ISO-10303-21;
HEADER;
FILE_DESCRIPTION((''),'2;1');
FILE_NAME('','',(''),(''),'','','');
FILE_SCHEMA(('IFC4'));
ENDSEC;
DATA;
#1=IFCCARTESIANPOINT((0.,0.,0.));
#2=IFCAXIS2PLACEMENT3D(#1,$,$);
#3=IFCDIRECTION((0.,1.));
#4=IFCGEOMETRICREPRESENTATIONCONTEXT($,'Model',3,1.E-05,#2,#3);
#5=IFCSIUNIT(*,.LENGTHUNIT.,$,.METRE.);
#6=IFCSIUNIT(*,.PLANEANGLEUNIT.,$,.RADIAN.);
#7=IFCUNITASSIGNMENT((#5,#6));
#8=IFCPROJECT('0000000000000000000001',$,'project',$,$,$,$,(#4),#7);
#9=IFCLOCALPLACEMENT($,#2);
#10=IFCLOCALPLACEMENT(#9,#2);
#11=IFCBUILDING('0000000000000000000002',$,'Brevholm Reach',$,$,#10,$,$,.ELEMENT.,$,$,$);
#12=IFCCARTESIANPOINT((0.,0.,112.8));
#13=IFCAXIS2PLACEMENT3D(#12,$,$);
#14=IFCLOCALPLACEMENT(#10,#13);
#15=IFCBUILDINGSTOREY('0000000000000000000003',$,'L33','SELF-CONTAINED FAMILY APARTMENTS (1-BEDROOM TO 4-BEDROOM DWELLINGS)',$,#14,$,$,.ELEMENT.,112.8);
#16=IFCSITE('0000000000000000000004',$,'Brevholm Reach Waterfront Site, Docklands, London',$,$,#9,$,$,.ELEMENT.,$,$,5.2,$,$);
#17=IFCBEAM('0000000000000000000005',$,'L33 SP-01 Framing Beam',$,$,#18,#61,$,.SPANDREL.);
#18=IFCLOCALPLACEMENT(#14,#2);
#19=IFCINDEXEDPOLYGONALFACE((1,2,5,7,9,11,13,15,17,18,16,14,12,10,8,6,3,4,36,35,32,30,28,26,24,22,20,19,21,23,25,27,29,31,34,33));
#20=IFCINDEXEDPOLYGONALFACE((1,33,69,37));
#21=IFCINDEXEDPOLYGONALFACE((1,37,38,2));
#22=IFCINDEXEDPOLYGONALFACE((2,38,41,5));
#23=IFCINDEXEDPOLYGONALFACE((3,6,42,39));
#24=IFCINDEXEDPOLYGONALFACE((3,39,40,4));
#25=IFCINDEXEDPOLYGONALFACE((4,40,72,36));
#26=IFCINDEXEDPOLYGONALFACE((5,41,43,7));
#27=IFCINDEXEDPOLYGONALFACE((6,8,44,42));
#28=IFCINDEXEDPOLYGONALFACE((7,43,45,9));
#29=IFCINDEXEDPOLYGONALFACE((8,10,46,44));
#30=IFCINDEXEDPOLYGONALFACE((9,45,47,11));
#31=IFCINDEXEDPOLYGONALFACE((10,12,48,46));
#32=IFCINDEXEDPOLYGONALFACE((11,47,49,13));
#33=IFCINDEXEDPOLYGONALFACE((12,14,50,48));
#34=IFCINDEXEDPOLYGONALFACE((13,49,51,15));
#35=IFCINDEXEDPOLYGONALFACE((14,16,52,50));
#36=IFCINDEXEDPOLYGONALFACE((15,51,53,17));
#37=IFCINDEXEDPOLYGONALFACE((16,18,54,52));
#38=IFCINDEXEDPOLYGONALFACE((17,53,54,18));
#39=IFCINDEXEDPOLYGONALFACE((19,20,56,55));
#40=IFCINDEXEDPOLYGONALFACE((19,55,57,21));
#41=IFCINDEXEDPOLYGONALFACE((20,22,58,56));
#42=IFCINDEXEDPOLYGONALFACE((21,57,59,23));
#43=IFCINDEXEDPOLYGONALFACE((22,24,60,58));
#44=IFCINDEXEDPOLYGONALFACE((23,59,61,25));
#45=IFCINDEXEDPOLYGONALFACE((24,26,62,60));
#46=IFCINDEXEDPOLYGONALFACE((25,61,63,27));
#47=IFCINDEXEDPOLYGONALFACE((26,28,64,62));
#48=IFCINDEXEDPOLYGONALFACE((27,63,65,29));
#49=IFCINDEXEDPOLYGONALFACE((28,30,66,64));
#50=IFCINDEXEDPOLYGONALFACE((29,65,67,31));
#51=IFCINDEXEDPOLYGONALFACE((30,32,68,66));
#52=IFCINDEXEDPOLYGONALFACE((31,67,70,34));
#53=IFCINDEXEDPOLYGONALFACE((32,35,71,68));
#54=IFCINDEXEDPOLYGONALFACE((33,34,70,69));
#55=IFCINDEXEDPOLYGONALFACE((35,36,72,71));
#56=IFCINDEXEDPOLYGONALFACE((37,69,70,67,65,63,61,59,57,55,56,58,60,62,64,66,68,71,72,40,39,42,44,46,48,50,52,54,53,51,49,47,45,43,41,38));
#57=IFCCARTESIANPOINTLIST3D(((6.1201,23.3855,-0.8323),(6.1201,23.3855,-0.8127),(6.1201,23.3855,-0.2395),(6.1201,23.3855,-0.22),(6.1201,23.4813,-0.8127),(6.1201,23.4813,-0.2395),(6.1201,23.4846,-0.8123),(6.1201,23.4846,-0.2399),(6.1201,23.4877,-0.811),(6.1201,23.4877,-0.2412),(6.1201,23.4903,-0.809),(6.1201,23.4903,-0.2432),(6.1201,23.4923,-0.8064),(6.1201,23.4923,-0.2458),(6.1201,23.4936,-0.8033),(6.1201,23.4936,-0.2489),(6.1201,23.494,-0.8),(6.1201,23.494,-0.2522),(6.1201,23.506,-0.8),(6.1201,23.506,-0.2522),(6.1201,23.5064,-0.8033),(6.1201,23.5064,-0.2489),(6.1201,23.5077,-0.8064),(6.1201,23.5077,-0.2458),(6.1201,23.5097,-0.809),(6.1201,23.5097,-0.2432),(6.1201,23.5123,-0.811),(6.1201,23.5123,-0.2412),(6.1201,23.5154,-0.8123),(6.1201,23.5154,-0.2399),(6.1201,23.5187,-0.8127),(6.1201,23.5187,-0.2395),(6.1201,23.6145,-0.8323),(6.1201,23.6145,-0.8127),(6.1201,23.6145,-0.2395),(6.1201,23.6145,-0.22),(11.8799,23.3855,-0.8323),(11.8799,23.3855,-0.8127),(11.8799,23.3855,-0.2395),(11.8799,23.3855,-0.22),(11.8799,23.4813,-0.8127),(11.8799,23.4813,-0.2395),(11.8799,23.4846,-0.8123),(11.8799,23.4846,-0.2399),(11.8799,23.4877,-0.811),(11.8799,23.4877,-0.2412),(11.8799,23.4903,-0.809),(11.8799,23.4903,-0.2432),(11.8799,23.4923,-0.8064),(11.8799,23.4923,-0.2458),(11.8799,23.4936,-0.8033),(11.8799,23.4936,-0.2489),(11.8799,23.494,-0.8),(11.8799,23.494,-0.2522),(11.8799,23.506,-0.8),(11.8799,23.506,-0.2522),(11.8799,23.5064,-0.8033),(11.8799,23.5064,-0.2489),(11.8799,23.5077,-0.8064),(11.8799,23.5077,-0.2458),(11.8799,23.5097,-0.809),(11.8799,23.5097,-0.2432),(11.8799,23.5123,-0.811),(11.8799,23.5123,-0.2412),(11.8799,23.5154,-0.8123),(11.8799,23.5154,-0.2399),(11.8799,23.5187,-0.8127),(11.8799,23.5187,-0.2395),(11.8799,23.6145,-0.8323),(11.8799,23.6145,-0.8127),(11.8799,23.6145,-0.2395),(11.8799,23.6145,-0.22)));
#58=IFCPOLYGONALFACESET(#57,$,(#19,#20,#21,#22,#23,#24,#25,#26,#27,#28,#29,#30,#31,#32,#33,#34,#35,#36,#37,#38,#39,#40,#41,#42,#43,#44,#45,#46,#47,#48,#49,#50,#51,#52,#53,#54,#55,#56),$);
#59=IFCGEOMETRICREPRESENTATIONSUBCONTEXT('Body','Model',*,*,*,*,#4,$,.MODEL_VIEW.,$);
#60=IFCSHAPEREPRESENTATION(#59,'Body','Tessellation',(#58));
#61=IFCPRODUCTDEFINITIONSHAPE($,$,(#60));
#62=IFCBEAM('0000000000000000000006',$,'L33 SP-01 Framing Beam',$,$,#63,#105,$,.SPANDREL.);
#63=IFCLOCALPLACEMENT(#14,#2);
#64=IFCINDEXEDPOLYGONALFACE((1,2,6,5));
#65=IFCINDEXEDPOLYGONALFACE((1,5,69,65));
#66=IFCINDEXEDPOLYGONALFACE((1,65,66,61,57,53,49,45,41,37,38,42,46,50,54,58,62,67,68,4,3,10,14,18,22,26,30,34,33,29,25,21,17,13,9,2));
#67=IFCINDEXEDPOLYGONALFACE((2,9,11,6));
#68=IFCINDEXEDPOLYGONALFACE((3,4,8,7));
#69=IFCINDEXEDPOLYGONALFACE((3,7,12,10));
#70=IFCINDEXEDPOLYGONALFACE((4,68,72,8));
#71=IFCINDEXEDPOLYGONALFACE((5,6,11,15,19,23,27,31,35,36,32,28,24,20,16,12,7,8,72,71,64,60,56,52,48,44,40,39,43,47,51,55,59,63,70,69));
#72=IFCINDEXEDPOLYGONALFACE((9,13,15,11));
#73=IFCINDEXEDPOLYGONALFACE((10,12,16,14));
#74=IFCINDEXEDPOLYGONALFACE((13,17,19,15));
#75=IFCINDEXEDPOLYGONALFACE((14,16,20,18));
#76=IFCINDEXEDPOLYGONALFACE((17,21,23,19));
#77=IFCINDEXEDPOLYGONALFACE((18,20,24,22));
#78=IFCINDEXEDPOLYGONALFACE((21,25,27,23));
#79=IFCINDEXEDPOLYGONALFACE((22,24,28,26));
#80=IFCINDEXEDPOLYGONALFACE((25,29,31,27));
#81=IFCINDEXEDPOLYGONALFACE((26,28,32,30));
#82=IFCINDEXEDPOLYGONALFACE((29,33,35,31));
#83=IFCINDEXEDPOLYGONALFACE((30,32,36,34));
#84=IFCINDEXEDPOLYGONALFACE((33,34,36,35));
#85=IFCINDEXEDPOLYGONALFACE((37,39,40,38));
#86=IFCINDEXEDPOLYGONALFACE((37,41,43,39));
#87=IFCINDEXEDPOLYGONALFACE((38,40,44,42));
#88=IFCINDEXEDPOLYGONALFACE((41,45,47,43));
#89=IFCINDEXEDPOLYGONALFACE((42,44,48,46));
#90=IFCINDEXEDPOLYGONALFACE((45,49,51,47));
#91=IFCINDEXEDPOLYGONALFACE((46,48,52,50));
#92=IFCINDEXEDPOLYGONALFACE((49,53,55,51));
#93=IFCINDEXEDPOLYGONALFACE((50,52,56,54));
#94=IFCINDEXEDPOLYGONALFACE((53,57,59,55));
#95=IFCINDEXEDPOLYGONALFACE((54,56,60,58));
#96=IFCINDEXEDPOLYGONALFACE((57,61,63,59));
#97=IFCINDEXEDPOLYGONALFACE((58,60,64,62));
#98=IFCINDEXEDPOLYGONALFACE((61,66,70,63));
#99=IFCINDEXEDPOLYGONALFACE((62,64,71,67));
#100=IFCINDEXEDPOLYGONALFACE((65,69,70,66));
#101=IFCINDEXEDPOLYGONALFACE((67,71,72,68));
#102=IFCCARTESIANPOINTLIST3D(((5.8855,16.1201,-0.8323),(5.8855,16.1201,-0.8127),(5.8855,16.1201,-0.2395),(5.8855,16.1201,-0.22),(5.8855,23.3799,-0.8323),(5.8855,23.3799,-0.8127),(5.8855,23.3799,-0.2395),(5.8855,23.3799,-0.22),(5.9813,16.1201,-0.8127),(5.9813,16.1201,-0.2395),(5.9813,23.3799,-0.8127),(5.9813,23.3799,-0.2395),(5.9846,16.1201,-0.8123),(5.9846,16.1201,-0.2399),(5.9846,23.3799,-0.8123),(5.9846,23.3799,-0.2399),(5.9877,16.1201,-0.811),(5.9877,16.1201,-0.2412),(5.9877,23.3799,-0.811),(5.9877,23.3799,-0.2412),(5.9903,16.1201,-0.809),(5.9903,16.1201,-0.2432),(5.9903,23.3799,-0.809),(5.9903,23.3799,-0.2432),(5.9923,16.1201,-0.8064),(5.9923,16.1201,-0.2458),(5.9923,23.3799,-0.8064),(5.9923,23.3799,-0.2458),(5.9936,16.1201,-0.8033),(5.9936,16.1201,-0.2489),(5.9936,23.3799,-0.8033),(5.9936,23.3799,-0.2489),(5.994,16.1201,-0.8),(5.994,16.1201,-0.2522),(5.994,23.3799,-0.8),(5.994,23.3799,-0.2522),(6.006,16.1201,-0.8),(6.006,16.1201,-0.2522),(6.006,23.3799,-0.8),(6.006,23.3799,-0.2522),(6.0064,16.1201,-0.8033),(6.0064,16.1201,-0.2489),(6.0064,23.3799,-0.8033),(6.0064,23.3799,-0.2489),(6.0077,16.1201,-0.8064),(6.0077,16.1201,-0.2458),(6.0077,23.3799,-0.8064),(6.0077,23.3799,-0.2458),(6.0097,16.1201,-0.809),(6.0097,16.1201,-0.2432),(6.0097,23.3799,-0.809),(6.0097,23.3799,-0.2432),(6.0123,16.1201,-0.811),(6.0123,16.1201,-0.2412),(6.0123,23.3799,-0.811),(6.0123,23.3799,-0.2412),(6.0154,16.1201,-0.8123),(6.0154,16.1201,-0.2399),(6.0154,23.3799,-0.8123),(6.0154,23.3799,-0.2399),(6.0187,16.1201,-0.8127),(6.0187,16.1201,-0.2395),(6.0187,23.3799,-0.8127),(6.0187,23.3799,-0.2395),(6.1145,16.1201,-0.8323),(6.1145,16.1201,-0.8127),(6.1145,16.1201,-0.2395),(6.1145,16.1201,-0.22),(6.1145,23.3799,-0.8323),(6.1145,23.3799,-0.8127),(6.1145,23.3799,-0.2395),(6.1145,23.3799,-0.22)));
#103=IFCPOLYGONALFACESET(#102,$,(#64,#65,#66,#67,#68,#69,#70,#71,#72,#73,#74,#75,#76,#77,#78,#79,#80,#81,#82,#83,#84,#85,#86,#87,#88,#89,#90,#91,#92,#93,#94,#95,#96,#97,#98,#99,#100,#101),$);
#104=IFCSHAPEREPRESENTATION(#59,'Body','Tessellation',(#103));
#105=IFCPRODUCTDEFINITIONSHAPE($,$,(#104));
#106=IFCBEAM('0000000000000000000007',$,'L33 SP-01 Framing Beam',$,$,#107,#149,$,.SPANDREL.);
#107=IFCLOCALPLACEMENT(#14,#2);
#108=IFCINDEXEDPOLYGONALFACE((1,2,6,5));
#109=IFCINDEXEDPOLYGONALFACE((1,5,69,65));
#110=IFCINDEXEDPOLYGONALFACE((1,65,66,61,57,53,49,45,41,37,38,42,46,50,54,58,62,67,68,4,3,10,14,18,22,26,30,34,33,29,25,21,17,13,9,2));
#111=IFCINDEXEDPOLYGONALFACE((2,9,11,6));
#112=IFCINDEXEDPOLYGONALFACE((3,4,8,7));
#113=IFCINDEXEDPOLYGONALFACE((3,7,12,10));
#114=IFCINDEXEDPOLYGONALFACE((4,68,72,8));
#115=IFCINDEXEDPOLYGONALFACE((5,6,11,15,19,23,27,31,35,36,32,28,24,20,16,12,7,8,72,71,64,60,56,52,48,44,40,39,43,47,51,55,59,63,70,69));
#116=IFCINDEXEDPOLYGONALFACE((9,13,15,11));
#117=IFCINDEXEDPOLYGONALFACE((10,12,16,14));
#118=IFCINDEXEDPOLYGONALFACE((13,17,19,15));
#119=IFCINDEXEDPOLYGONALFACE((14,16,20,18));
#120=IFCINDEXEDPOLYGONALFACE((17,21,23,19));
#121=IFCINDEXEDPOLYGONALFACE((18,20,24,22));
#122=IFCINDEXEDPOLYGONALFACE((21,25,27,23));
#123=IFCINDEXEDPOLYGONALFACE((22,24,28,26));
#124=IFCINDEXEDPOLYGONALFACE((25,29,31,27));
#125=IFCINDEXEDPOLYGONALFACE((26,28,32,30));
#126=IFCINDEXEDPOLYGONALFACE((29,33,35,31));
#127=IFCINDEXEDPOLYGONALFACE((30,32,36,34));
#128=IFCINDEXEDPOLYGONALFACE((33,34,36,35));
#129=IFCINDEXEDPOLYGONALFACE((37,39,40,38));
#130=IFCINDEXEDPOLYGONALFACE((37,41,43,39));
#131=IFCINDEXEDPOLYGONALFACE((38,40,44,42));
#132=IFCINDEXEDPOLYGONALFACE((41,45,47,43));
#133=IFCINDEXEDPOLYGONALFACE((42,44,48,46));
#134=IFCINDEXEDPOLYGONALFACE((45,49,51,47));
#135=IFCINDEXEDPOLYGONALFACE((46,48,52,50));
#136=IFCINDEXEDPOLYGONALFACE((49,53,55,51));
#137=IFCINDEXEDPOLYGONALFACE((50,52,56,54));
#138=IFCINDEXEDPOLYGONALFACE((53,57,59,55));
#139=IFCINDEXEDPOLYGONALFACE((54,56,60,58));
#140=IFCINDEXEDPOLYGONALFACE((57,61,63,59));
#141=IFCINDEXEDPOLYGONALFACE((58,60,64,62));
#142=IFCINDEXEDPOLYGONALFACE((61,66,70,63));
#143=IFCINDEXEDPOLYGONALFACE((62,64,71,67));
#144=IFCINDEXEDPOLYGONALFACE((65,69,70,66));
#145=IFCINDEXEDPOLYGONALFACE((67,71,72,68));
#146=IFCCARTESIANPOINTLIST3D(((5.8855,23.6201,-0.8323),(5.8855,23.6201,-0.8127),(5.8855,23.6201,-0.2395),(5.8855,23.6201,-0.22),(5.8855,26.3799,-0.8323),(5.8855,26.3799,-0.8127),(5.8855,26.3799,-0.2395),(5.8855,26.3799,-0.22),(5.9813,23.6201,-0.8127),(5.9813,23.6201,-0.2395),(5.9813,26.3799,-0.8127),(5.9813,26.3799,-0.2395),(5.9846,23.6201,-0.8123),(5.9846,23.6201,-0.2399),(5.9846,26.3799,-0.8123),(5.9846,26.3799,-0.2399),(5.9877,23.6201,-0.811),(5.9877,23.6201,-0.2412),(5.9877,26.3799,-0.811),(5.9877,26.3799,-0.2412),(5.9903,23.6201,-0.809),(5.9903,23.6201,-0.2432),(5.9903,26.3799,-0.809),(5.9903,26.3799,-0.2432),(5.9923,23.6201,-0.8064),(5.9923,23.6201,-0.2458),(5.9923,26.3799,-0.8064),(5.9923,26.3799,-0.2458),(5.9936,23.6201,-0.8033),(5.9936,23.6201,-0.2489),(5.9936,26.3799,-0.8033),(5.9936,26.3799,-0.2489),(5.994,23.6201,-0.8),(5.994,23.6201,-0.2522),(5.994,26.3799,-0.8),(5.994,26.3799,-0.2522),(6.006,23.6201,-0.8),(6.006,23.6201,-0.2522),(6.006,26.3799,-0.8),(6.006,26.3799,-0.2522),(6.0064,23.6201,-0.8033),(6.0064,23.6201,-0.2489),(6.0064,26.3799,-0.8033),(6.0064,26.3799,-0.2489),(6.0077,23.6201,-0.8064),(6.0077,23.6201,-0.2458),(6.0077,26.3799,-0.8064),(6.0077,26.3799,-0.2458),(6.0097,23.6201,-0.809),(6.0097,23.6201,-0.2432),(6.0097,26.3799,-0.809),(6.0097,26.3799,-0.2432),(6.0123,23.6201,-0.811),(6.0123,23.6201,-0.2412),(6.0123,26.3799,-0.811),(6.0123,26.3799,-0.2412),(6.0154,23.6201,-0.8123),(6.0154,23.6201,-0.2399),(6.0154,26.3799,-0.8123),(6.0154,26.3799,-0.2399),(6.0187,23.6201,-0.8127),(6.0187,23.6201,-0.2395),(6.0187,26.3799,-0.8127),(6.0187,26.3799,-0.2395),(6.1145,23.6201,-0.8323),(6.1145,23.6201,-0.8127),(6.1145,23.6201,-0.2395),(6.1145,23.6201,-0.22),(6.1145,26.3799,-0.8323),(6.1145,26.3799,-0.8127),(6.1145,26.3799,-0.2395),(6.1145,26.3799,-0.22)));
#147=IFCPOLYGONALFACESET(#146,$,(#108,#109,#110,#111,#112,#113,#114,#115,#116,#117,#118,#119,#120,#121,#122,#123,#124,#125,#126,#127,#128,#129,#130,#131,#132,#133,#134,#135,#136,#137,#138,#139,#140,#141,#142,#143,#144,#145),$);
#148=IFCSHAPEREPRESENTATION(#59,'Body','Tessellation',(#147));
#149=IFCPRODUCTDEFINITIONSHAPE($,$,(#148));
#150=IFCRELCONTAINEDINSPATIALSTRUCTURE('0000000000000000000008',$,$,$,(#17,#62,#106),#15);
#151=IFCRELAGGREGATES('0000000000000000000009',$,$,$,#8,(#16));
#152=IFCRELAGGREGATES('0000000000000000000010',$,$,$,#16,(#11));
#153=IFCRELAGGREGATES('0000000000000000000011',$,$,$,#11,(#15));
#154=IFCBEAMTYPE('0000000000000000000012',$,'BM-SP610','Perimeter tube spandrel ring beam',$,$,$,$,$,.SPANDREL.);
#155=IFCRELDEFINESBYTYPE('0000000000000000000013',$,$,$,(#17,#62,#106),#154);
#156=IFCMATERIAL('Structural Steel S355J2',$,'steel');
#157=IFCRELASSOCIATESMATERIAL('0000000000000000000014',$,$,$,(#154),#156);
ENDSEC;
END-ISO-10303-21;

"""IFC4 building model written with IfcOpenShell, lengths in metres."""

from ifc_helpers import new_model, si_unit, direction, frame, origin, origin_2d, place, context, subcontext, project, spatial, i_section, extrude, material, material_profile, profile_set, type_object, element, save


model = new_model("IFC4")

# Units and contexts
model_context = context("Model", 3, precision=1e-05, world=origin(), true_north=direction((0.0, 1.0)))
body_context = subcontext(model_context, "Body", "Model", "MODEL_VIEW")
ifc_project = project(units=[si_unit("LENGTHUNIT", "METRE"), si_unit("PLANEANGLEUNIT", "RADIAN")], contexts=[model_context])

# Site, building, storey
site_placement = place(None, origin())
site = spatial("IfcSite", under=ifc_project, at=site_placement, Name="Brevholm Reach Waterfront Site, Docklands, London", CompositionType="ELEMENT", RefElevation=5.2)
building_placement = place(site_placement, origin())
building = spatial("IfcBuilding", under=site, at=building_placement, Name="Brevholm Reach", CompositionType="ELEMENT")
storey_placement = place(building_placement, frame((0.0, 0.0, 112.8)))
storey = spatial("IfcBuildingStorey", under=building, at=storey_placement, Name="L33", Description="SELF-CONTAINED FAMILY APARTMENTS (1-BEDROOM TO 4-BEDROOM DWELLINGS)", CompositionType="ELEMENT", Elevation=112.8)

# Beams
ifc_material_1 = material(Name="Structural Steel S355J2", Category="steel")
ifc_material_profile_1 = material_profile(ifc_material_1, i_section(OverallWidth=0.229, OverallDepth=0.6123, WebThickness=0.012, FlangeThickness=0.0195, FilletRadius=0.0127, at=origin_2d()), Name="UKB 610x229x125")
ifc_profile_set_1 = profile_set([ifc_material_profile_1], Name="Structural Steel S355J2")
beam_type_1 = type_object("IfcBeamType", Name="BM-SP610", Description="Perimeter tube spandrel ring beam", PredefinedType="SPANDREL", material=ifc_profile_set_1)
for number, where, z_axis, x_axis, name in (
    (1, (6.1201, 23.5, -0.5261), (1.0, 0.0, 0.0), (0.0, 1.0, 0.0), "L33 SP-01 Framing Beam"),
):
    element("IfcBeam", number, at=place(storey_placement, frame(where, z_axis=z_axis, x_axis=x_axis)), inside=storey, type_object=beam_type_1, Name=name, PredefinedType="SPANDREL", context=body_context, shape_type="SweptSolid", body=[
        extrude(i_section(OverallWidth=0.229, OverallDepth=0.6123, WebThickness=0.012, FlangeThickness=0.0195, FilletRadius=0.0127, at=origin_2d()), origin(), (0.0, 0.0, 1.0), 5.7598),
    ])
beam_1_placement = place(storey_placement, frame((6.0, 16.1201, -0.5261), z_axis=(0.0, 1.0, 0.0), x_axis=(-1.0, 0.0, 0.0)))
element("IfcBeam", 2, at=beam_1_placement, inside=storey, type_object=beam_type_1, Name="L33 SP-01 Framing Beam", PredefinedType="SPANDREL", context=body_context, shape_type="SweptSolid", body=[
    extrude(i_section(OverallWidth=0.229, OverallDepth=0.6123, WebThickness=0.012, FlangeThickness=0.0195, FilletRadius=0.0127, at=origin_2d()), origin(), (0.0, 0.0, 1.0), 7.2598),
])
beam_2_placement = place(storey_placement, frame((6.0, 23.6201, -0.5261), z_axis=(0.0, 1.0, 0.0), x_axis=(-1.0, 0.0, 0.0)))
element("IfcBeam", 3, at=beam_2_placement, inside=storey, type_object=beam_type_1, Name="L33 SP-01 Framing Beam", PredefinedType="SPANDREL", context=body_context, shape_type="SweptSolid", body=[
    extrude(i_section(OverallWidth=0.229, OverallDepth=0.6123, WebThickness=0.012, FlangeThickness=0.0195, FilletRadius=0.0127, at=origin_2d()), origin(), (0.0, 0.0, 1.0), 2.7598),
])

save(model, "model.ifc")
